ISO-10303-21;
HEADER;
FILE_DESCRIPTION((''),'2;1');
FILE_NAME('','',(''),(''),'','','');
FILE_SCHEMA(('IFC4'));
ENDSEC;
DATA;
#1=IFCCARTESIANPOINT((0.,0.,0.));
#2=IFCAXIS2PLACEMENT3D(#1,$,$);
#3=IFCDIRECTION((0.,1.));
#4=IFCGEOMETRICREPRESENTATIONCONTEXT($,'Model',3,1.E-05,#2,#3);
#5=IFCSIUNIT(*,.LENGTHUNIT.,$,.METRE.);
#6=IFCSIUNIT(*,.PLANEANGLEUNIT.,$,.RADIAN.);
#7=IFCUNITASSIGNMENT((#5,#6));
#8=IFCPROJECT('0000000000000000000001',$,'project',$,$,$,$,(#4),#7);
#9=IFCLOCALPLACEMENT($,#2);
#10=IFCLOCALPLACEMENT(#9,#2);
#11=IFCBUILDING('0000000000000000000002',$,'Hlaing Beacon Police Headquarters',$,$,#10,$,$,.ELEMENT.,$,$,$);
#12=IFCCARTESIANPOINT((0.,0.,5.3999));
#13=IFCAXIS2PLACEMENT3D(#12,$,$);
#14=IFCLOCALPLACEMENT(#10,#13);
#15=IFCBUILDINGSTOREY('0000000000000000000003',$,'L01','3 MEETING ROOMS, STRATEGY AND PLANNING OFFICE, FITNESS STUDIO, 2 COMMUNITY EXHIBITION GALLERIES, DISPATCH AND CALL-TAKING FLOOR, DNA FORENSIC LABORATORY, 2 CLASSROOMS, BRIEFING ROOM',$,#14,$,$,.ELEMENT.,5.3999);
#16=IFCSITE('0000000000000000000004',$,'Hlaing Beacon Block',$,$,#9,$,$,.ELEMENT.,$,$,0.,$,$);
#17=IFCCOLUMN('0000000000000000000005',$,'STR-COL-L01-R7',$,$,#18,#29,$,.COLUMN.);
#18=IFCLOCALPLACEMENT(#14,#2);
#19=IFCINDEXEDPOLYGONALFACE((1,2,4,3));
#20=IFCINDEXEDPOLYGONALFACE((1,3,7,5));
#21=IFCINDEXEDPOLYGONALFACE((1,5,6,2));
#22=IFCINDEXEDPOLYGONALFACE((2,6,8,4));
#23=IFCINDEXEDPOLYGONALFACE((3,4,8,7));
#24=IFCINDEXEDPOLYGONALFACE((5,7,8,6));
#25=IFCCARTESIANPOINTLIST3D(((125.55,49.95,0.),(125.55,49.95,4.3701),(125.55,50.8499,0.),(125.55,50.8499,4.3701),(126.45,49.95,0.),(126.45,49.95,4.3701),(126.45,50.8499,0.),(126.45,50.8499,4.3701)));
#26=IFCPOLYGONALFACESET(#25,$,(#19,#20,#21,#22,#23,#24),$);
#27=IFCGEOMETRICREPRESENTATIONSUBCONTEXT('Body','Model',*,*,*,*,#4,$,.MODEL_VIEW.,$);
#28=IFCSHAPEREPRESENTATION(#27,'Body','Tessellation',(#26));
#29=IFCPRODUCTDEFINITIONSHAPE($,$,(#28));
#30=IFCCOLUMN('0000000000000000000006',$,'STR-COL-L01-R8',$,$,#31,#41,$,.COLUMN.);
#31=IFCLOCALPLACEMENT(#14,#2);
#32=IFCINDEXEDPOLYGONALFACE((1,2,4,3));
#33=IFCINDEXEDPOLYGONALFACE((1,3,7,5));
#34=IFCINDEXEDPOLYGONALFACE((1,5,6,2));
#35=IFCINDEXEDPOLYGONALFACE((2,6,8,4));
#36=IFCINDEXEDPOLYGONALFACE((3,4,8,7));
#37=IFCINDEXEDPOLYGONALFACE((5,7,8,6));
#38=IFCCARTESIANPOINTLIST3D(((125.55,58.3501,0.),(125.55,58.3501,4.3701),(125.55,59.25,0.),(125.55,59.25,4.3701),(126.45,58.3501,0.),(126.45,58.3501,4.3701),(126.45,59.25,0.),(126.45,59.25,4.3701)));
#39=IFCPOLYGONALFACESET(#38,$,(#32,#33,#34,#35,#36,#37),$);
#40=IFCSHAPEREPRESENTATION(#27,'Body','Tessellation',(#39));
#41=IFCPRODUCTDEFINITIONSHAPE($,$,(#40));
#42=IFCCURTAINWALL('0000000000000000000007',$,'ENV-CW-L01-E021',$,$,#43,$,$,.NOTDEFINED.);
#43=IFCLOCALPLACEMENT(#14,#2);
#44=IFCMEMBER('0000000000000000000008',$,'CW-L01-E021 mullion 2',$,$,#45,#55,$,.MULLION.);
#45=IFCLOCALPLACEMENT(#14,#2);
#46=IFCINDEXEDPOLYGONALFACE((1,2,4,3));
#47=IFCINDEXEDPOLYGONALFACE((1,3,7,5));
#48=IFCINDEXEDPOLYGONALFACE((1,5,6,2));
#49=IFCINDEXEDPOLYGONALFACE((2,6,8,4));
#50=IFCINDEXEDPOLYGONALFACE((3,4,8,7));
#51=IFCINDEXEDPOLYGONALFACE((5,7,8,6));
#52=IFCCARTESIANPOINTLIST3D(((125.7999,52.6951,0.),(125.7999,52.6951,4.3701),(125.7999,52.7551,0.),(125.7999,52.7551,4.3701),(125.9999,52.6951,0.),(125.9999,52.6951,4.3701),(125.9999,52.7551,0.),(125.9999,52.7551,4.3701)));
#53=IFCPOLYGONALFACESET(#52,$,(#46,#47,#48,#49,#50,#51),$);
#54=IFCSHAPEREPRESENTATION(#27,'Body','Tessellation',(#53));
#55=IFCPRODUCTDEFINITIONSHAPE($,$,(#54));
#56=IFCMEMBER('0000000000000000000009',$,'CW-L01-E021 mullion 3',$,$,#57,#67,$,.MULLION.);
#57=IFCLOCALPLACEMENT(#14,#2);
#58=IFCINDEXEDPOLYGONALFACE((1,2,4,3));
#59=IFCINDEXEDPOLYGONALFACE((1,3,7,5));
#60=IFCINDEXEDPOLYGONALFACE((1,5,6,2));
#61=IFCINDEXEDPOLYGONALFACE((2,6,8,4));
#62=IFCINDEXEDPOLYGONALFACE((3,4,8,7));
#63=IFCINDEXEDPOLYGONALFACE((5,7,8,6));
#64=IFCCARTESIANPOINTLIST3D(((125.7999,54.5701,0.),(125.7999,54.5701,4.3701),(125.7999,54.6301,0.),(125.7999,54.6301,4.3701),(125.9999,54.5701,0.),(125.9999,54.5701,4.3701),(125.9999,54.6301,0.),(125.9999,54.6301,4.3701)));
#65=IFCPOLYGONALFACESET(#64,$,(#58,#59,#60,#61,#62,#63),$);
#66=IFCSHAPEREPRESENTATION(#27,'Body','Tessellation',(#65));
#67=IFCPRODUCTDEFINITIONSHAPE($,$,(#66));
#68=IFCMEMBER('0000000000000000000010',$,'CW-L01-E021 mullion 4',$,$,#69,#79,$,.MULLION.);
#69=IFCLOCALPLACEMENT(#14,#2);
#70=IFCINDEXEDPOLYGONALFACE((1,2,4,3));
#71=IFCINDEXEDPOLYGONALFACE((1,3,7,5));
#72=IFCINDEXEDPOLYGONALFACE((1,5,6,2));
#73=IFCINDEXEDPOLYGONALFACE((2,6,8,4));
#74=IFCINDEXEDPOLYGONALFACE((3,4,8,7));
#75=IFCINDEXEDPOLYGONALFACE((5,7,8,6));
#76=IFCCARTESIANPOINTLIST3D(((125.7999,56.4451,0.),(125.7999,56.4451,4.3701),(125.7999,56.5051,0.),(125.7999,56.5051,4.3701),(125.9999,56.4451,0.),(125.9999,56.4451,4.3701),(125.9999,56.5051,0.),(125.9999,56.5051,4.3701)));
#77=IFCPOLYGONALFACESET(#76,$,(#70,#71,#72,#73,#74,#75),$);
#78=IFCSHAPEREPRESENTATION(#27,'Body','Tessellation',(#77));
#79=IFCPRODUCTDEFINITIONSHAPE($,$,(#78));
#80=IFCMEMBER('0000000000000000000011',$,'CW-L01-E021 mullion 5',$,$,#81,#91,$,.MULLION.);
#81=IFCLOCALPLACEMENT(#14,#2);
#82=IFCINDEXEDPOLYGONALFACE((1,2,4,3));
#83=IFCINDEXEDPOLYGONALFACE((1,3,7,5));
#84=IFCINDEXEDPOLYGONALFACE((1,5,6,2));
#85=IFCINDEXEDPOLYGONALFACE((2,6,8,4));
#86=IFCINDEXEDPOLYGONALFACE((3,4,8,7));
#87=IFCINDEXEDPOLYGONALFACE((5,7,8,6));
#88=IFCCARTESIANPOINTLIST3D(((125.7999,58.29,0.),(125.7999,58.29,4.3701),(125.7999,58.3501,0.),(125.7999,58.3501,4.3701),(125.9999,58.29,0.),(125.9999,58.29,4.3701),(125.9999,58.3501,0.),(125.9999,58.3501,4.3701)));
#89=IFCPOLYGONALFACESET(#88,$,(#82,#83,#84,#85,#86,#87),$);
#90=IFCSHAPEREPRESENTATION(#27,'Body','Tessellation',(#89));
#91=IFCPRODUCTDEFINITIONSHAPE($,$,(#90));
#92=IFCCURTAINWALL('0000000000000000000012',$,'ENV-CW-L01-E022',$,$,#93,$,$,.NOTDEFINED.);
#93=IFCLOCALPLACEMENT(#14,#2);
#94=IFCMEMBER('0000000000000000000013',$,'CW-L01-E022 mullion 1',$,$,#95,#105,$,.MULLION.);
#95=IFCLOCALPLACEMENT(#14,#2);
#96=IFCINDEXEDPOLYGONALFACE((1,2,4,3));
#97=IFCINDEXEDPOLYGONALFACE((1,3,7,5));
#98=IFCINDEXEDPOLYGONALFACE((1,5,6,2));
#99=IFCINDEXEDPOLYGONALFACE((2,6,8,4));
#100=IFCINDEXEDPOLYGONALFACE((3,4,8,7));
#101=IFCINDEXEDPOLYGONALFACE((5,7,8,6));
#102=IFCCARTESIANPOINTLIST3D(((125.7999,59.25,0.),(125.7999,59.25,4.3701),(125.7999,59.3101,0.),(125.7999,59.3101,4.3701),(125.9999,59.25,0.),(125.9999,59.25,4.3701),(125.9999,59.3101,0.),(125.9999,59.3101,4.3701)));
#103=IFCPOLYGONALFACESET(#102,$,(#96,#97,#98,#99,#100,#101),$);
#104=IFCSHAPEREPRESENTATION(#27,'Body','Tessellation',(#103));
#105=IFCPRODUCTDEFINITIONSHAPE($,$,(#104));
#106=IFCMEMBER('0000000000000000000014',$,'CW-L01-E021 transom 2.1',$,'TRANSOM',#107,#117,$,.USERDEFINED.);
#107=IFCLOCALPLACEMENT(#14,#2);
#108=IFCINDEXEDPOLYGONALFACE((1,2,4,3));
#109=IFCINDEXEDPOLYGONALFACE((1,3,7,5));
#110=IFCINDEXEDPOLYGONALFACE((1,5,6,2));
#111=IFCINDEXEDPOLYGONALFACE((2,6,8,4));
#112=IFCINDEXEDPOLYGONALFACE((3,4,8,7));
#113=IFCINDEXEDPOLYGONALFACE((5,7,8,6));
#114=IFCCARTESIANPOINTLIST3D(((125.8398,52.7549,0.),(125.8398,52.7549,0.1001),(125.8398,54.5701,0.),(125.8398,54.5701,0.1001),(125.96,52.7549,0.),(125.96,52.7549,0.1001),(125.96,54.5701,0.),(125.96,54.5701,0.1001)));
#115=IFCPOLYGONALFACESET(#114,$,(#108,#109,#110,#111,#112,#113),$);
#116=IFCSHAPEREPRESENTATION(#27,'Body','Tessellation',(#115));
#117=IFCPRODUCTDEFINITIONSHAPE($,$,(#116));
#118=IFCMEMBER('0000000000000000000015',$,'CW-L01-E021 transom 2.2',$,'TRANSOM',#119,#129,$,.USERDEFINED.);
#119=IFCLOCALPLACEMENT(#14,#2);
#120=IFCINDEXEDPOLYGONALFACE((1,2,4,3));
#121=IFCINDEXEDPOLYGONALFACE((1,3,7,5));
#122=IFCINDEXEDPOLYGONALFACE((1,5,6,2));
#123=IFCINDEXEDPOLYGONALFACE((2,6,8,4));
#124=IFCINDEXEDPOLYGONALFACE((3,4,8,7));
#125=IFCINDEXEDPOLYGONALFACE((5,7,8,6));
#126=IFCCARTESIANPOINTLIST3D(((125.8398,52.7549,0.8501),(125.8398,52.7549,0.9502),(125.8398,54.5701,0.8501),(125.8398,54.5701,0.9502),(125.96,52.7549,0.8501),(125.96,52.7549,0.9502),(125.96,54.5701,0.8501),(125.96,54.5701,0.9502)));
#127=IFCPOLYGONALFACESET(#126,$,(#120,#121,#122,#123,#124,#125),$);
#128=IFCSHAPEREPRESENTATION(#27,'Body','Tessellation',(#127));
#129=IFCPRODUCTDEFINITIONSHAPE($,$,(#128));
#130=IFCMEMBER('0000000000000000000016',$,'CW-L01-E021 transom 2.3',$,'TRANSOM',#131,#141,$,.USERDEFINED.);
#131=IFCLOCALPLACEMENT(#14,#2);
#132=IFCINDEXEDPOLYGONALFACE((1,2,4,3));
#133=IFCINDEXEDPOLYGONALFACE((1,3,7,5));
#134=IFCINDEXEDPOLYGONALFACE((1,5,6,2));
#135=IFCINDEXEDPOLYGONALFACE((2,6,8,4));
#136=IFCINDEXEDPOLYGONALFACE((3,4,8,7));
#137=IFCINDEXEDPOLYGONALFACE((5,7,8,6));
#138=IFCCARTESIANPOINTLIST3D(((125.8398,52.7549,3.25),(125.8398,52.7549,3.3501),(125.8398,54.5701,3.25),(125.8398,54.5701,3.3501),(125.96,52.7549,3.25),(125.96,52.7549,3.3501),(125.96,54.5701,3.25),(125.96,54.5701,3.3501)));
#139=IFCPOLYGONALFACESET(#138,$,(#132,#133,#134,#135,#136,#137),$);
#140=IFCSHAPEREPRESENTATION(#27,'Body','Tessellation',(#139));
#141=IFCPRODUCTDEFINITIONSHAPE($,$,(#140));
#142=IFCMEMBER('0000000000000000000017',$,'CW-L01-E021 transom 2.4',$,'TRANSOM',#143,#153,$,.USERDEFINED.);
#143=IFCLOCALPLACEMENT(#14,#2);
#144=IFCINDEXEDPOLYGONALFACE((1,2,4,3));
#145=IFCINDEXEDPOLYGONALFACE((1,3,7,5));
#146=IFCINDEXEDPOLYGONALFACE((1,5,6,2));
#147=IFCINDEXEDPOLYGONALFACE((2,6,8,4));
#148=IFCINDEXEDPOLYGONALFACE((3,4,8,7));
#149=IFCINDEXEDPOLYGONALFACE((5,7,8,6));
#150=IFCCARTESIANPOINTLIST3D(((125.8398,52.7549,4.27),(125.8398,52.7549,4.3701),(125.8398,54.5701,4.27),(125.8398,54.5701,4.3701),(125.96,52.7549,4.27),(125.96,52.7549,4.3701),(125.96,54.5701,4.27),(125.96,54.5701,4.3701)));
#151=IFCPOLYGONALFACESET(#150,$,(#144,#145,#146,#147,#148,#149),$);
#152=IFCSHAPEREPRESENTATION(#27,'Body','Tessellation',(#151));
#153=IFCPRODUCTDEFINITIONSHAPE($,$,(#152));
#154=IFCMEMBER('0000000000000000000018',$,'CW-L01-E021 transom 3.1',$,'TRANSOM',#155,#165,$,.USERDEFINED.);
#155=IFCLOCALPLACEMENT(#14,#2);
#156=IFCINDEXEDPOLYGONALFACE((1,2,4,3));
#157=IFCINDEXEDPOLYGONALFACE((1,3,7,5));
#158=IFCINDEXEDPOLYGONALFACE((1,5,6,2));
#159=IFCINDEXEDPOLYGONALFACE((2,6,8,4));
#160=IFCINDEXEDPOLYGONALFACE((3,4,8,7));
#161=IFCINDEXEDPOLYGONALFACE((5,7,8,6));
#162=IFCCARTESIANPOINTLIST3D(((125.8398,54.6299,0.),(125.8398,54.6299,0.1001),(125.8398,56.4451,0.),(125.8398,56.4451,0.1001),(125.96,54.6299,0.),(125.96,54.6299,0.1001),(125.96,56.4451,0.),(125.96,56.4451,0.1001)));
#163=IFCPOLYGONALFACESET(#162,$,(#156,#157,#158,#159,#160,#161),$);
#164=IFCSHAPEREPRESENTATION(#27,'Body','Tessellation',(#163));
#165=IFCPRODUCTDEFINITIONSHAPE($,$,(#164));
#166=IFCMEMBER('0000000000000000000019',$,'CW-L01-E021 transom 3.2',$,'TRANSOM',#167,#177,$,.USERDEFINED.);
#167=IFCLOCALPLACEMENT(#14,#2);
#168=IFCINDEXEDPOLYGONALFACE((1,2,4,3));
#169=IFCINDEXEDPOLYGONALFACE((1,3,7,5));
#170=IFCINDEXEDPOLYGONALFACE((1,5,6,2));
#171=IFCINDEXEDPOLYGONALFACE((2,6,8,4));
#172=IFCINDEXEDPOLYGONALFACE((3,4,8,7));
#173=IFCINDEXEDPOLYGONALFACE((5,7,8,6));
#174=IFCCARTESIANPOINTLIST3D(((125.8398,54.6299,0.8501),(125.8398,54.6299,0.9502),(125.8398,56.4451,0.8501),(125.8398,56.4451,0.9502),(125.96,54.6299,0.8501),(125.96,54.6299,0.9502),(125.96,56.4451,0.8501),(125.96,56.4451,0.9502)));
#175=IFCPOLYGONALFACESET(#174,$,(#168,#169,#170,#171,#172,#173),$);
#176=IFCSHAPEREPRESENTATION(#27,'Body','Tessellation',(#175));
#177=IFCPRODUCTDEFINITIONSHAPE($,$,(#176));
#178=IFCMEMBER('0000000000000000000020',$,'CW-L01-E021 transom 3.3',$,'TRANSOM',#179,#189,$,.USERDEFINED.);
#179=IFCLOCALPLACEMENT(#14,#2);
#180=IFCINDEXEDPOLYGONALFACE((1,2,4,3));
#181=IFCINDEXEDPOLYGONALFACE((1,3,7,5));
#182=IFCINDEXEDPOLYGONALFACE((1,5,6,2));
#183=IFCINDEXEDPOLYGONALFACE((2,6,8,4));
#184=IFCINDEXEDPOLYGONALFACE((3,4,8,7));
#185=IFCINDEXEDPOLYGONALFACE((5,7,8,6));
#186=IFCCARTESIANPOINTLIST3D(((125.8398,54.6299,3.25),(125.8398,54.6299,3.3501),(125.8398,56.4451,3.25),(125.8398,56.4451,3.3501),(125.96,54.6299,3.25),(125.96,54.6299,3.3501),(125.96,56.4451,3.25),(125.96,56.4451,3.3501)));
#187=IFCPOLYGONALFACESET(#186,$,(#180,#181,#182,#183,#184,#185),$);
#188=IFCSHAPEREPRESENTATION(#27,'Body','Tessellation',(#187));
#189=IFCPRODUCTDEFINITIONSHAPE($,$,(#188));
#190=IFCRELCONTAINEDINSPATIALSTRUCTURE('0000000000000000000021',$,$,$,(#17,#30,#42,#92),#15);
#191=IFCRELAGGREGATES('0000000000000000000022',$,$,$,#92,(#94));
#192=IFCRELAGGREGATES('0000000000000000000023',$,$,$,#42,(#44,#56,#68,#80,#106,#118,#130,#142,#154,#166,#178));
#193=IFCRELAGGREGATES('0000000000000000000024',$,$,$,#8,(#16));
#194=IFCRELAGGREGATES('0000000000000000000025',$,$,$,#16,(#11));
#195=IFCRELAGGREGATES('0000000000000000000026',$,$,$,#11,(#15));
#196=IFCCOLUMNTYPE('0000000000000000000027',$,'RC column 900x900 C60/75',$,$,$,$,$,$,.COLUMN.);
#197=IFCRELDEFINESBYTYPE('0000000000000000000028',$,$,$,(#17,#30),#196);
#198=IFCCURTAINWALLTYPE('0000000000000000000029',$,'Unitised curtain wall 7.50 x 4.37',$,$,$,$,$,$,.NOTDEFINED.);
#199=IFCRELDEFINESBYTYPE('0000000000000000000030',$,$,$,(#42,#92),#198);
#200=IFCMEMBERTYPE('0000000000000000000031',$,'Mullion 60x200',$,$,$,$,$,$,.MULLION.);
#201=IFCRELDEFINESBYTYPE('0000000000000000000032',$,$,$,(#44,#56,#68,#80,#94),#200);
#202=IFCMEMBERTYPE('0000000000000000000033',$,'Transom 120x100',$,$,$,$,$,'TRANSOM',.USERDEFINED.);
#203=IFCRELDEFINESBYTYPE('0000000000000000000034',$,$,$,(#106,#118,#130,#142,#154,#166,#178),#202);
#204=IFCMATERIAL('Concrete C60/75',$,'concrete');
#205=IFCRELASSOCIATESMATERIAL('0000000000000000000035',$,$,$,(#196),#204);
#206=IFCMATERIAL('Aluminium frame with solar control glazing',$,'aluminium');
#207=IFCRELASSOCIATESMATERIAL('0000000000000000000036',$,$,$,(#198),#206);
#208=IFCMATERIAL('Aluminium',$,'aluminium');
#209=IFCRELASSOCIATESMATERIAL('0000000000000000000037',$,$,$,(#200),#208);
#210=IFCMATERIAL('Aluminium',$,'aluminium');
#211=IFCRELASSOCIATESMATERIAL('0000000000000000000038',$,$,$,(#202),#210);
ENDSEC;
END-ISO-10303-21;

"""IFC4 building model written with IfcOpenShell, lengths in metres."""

from ifc_helpers import new_model, si_unit, direction, frame, origin, origin_2d, place, context, subcontext, project, spatial, rectangle, extrude, material, material_profile, profile_set, type_object, element, aggregate, save


model = new_model("IFC4")

# Units and contexts
model_context = context("Model", 3, precision=1e-05, world=origin(), true_north=direction((0.0, 1.0)))
body_context = subcontext(model_context, "Body", "Model", "MODEL_VIEW")
ifc_project = project(units=[si_unit("LENGTHUNIT", "METRE"), si_unit("PLANEANGLEUNIT", "RADIAN")], contexts=[model_context])

# Site, building, storey
site_placement = place(None, origin())
site = spatial("IfcSite", under=ifc_project, at=site_placement, Name="Hlaing Beacon Block", CompositionType="ELEMENT", RefElevation=0.0)
building_placement = place(site_placement, origin())
building = spatial("IfcBuilding", under=site, at=building_placement, Name="Hlaing Beacon Police Headquarters", CompositionType="ELEMENT")
storey_placement = place(building_placement, frame((0.0, 0.0, 5.3999)))
storey = spatial("IfcBuildingStorey", under=building, at=storey_placement, Name="L01", Description="3 MEETING ROOMS, STRATEGY AND PLANNING OFFICE, FITNESS STUDIO, 2 COMMUNITY EXHIBITION GALLERIES, DISPATCH AND CALL-TAKING FLOOR, DNA FORENSIC LABORATORY, 2 CLASSROOMS, BRIEFING ROOM", CompositionType="ELEMENT", Elevation=5.3999)

# Columns
ifc_material_1 = material(Name="Concrete C60/75", Category="concrete")
ifc_material_profile_1 = material_profile(ifc_material_1, rectangle(XDim=0.8999, YDim=0.8999, at=origin_2d()), Name="900x900")
ifc_profile_set_1 = profile_set([ifc_material_profile_1], Name="Concrete C60/75")
column_type = type_object("IfcColumnType", Name="RC column 900x900 C60/75", PredefinedType="COLUMN", material=ifc_profile_set_1)
for number, where, z_axis, x_axis, name in (
    (1, (126.0, 50.3999, 0.0), (0.0, 0.0, 1.0), (1.0, 0.0, 0.0), "STR-COL-L01-R7"),
    (2, (126.0, 58.8, 0.0), (0.0, 0.0, 1.0), (1.0, 0.0, 0.0), "STR-COL-L01-R8"),
):
    element("IfcColumn", number, at=place(storey_placement, frame(where, z_axis=z_axis, x_axis=x_axis)), inside=storey, type_object=column_type, Name=name, PredefinedType="COLUMN", context=body_context, shape_type="SweptSolid", body=[
        extrude(rectangle(XDim=0.8999, YDim=0.8999, at=origin_2d()), origin(), (0.0, 0.0, 1.0), 4.3701),
    ])

# Curtain wall, members
ifc_material_2 = material(Name="Aluminium frame with solar control glazing", Category="aluminium")
curtain_wall_type = type_object("IfcCurtainWallType", Name="Unitised curtain wall 7.50 x 4.37", PredefinedType="NOTDEFINED", material=ifc_material_2)
curtain_wall_1_placement = place(storey_placement, origin())
curtain_wall_1 = element("IfcCurtainWall", 3, at=curtain_wall_1_placement, inside=storey, type_object=curtain_wall_type, Name="ENV-CW-L01-E021", PredefinedType="NOTDEFINED")
ifc_material_3 = material(Name="Aluminium", Category="aluminium")
ifc_material_profile_2 = material_profile(ifc_material_3, rectangle(XDim=0.2, YDim=0.0601, at=origin_2d()), Name="Mullion 60x200")
ifc_profile_set_2 = profile_set([ifc_material_profile_2], Name="Aluminium")
member_type_1 = type_object("IfcMemberType", Name="Mullion 60x200", PredefinedType="MULLION", material=ifc_profile_set_2)
member_1_placement = place(storey_placement, frame((125.8999, 52.7251, 0.0), z_axis=(0.0, 0.0, 1.0), x_axis=(-1.0, 0.0, 0.0)))
member_1 = element("IfcMember", 4, at=member_1_placement, type_object=member_type_1, Name="CW-L01-E021 mullion 2", PredefinedType="MULLION", context=body_context, shape_type="SweptSolid", body=[
    extrude(rectangle(XDim=0.2, YDim=0.0601, at=origin_2d()), origin(), (0.0, 0.0, 1.0), 4.3701),
])
member_2_placement = place(storey_placement, frame((125.8999, 54.6001, 0.0), z_axis=(0.0, 0.0, 1.0), x_axis=(-1.0, 0.0, 0.0)))
member_2 = element("IfcMember", 5, at=member_2_placement, type_object=member_type_1, Name="CW-L01-E021 mullion 3", PredefinedType="MULLION", context=body_context, shape_type="SweptSolid", body=[
    extrude(rectangle(XDim=0.2, YDim=0.0601, at=origin_2d()), origin(), (0.0, 0.0, 1.0), 4.3701),
])
member_3_placement = place(storey_placement, frame((125.8999, 56.4751, 0.0), z_axis=(0.0, 0.0, 1.0), x_axis=(-1.0, 0.0, 0.0)))
member_3 = element("IfcMember", 6, at=member_3_placement, type_object=member_type_1, Name="CW-L01-E021 mullion 4", PredefinedType="MULLION", context=body_context, shape_type="SweptSolid", body=[
    extrude(rectangle(XDim=0.2, YDim=0.0601, at=origin_2d()), origin(), (0.0, 0.0, 1.0), 4.3701),
])
member_4_placement = place(storey_placement, frame((125.8999, 58.3201, 0.0), z_axis=(0.0, 0.0, 1.0), x_axis=(-1.0, 0.0, 0.0)))
member_4 = element("IfcMember", 7, at=member_4_placement, type_object=member_type_1, Name="CW-L01-E021 mullion 5", PredefinedType="MULLION", context=body_context, shape_type="SweptSolid", body=[
    extrude(rectangle(XDim=0.2, YDim=0.0601, at=origin_2d()), origin(), (0.0, 0.0, 1.0), 4.3701),
])

# Curtain wall, member
curtain_wall_2_placement = place(storey_placement, origin())
curtain_wall_2 = element("IfcCurtainWall", 8, at=curtain_wall_2_placement, inside=storey, type_object=curtain_wall_type, Name="ENV-CW-L01-E022", PredefinedType="NOTDEFINED")
member_5_placement = place(storey_placement, frame((125.8999, 59.28, 0.0), z_axis=(0.0, 0.0, 1.0), x_axis=(-1.0, 0.0, 0.0)))
member_5 = element("IfcMember", 9, at=member_5_placement, type_object=member_type_1, Name="CW-L01-E022 mullion 1", PredefinedType="MULLION", context=body_context, shape_type="SweptSolid", body=[
    extrude(rectangle(XDim=0.2, YDim=0.0601, at=origin_2d()), origin(), (0.0, 0.0, 1.0), 4.3701),
])
aggregate(curtain_wall_2, [member_5])

# Members
ifc_material_4 = material(Name="Aluminium", Category="aluminium")
ifc_material_profile_3 = material_profile(ifc_material_4, rectangle(XDim=0.1201, YDim=0.1001, at=origin_2d()), Name="Transom 120x100")
ifc_profile_set_3 = profile_set([ifc_material_profile_3], Name="Aluminium")
member_type_2 = type_object("IfcMemberType", Name="Transom 120x100", ElementType="TRANSOM", PredefinedType="USERDEFINED", material=ifc_profile_set_3)
member_6_placement = place(storey_placement, frame((125.8999, 52.7549, 0.05), z_axis=(0.0, 1.0, 0.0), x_axis=(-1.0, 0.0, 0.0)))
member_6 = element("IfcMember", 10, at=member_6_placement, type_object=member_type_2, Name="CW-L01-E021 transom 2.1", ObjectType="TRANSOM", PredefinedType="USERDEFINED", context=body_context, shape_type="SweptSolid", body=[
    extrude(rectangle(XDim=0.1201, YDim=0.1001, at=origin_2d()), origin(), (0.0, 0.0, 1.0), 1.8152),
])
member_7_placement = place(storey_placement, frame((125.8999, 52.7549, 0.9001), z_axis=(0.0, 1.0, 0.0), x_axis=(-1.0, 0.0, 0.0)))
member_7 = element("IfcMember", 11, at=member_7_placement, type_object=member_type_2, Name="CW-L01-E021 transom 2.2", ObjectType="TRANSOM", PredefinedType="USERDEFINED", context=body_context, shape_type="SweptSolid", body=[
    extrude(rectangle(XDim=0.1201, YDim=0.1001, at=origin_2d()), origin(), (0.0, 0.0, 1.0), 1.8152),
])
member_8_placement = place(storey_placement, frame((125.8999, 52.7549, 3.3), z_axis=(0.0, 1.0, 0.0), x_axis=(-1.0, 0.0, 0.0)))
member_8 = element("IfcMember", 12, at=member_8_placement, type_object=member_type_2, Name="CW-L01-E021 transom 2.3", ObjectType="TRANSOM", PredefinedType="USERDEFINED", context=body_context, shape_type="SweptSolid", body=[
    extrude(rectangle(XDim=0.1201, YDim=0.1001, at=origin_2d()), origin(), (0.0, 0.0, 1.0), 1.8152),
])
member_9_placement = place(storey_placement, frame((125.8999, 52.7549, 4.3201), z_axis=(0.0, 1.0, 0.0), x_axis=(-1.0, 0.0, 0.0)))
member_9 = element("IfcMember", 13, at=member_9_placement, type_object=member_type_2, Name="CW-L01-E021 transom 2.4", ObjectType="TRANSOM", PredefinedType="USERDEFINED", context=body_context, shape_type="SweptSolid", body=[
    extrude(rectangle(XDim=0.1201, YDim=0.1001, at=origin_2d()), origin(), (0.0, 0.0, 1.0), 1.8152),
])
member_10_placement = place(storey_placement, frame((125.8999, 54.6299, 0.05), z_axis=(0.0, 1.0, 0.0), x_axis=(-1.0, 0.0, 0.0)))
member_10 = element("IfcMember", 14, at=member_10_placement, type_object=member_type_2, Name="CW-L01-E021 transom 3.1", ObjectType="TRANSOM", PredefinedType="USERDEFINED", context=body_context, shape_type="SweptSolid", body=[
    extrude(rectangle(XDim=0.1201, YDim=0.1001, at=origin_2d()), origin(), (0.0, 0.0, 1.0), 1.8152),
])
member_11_placement = place(storey_placement, frame((125.8999, 54.6299, 0.9001), z_axis=(0.0, 1.0, 0.0), x_axis=(-1.0, 0.0, 0.0)))
member_11 = element("IfcMember", 15, at=member_11_placement, type_object=member_type_2, Name="CW-L01-E021 transom 3.2", ObjectType="TRANSOM", PredefinedType="USERDEFINED", context=body_context, shape_type="SweptSolid", body=[
    extrude(rectangle(XDim=0.1201, YDim=0.1001, at=origin_2d()), origin(), (0.0, 0.0, 1.0), 1.8152),
])
member_12_placement = place(storey_placement, frame((125.8999, 54.6299, 3.3), z_axis=(0.0, 1.0, 0.0), x_axis=(-1.0, 0.0, 0.0)))
member_12 = element("IfcMember", 16, at=member_12_placement, type_object=member_type_2, Name="CW-L01-E021 transom 3.3", ObjectType="TRANSOM", PredefinedType="USERDEFINED", context=body_context, shape_type="SweptSolid", body=[
    extrude(rectangle(XDim=0.1201, YDim=0.1001, at=origin_2d()), origin(), (0.0, 0.0, 1.0), 1.8152),
])

aggregate(curtain_wall_1, [member_1, member_2, member_3, member_4, member_6, member_7, member_8, member_9, member_10, member_11, member_12])

save(model, "model.ifc")
